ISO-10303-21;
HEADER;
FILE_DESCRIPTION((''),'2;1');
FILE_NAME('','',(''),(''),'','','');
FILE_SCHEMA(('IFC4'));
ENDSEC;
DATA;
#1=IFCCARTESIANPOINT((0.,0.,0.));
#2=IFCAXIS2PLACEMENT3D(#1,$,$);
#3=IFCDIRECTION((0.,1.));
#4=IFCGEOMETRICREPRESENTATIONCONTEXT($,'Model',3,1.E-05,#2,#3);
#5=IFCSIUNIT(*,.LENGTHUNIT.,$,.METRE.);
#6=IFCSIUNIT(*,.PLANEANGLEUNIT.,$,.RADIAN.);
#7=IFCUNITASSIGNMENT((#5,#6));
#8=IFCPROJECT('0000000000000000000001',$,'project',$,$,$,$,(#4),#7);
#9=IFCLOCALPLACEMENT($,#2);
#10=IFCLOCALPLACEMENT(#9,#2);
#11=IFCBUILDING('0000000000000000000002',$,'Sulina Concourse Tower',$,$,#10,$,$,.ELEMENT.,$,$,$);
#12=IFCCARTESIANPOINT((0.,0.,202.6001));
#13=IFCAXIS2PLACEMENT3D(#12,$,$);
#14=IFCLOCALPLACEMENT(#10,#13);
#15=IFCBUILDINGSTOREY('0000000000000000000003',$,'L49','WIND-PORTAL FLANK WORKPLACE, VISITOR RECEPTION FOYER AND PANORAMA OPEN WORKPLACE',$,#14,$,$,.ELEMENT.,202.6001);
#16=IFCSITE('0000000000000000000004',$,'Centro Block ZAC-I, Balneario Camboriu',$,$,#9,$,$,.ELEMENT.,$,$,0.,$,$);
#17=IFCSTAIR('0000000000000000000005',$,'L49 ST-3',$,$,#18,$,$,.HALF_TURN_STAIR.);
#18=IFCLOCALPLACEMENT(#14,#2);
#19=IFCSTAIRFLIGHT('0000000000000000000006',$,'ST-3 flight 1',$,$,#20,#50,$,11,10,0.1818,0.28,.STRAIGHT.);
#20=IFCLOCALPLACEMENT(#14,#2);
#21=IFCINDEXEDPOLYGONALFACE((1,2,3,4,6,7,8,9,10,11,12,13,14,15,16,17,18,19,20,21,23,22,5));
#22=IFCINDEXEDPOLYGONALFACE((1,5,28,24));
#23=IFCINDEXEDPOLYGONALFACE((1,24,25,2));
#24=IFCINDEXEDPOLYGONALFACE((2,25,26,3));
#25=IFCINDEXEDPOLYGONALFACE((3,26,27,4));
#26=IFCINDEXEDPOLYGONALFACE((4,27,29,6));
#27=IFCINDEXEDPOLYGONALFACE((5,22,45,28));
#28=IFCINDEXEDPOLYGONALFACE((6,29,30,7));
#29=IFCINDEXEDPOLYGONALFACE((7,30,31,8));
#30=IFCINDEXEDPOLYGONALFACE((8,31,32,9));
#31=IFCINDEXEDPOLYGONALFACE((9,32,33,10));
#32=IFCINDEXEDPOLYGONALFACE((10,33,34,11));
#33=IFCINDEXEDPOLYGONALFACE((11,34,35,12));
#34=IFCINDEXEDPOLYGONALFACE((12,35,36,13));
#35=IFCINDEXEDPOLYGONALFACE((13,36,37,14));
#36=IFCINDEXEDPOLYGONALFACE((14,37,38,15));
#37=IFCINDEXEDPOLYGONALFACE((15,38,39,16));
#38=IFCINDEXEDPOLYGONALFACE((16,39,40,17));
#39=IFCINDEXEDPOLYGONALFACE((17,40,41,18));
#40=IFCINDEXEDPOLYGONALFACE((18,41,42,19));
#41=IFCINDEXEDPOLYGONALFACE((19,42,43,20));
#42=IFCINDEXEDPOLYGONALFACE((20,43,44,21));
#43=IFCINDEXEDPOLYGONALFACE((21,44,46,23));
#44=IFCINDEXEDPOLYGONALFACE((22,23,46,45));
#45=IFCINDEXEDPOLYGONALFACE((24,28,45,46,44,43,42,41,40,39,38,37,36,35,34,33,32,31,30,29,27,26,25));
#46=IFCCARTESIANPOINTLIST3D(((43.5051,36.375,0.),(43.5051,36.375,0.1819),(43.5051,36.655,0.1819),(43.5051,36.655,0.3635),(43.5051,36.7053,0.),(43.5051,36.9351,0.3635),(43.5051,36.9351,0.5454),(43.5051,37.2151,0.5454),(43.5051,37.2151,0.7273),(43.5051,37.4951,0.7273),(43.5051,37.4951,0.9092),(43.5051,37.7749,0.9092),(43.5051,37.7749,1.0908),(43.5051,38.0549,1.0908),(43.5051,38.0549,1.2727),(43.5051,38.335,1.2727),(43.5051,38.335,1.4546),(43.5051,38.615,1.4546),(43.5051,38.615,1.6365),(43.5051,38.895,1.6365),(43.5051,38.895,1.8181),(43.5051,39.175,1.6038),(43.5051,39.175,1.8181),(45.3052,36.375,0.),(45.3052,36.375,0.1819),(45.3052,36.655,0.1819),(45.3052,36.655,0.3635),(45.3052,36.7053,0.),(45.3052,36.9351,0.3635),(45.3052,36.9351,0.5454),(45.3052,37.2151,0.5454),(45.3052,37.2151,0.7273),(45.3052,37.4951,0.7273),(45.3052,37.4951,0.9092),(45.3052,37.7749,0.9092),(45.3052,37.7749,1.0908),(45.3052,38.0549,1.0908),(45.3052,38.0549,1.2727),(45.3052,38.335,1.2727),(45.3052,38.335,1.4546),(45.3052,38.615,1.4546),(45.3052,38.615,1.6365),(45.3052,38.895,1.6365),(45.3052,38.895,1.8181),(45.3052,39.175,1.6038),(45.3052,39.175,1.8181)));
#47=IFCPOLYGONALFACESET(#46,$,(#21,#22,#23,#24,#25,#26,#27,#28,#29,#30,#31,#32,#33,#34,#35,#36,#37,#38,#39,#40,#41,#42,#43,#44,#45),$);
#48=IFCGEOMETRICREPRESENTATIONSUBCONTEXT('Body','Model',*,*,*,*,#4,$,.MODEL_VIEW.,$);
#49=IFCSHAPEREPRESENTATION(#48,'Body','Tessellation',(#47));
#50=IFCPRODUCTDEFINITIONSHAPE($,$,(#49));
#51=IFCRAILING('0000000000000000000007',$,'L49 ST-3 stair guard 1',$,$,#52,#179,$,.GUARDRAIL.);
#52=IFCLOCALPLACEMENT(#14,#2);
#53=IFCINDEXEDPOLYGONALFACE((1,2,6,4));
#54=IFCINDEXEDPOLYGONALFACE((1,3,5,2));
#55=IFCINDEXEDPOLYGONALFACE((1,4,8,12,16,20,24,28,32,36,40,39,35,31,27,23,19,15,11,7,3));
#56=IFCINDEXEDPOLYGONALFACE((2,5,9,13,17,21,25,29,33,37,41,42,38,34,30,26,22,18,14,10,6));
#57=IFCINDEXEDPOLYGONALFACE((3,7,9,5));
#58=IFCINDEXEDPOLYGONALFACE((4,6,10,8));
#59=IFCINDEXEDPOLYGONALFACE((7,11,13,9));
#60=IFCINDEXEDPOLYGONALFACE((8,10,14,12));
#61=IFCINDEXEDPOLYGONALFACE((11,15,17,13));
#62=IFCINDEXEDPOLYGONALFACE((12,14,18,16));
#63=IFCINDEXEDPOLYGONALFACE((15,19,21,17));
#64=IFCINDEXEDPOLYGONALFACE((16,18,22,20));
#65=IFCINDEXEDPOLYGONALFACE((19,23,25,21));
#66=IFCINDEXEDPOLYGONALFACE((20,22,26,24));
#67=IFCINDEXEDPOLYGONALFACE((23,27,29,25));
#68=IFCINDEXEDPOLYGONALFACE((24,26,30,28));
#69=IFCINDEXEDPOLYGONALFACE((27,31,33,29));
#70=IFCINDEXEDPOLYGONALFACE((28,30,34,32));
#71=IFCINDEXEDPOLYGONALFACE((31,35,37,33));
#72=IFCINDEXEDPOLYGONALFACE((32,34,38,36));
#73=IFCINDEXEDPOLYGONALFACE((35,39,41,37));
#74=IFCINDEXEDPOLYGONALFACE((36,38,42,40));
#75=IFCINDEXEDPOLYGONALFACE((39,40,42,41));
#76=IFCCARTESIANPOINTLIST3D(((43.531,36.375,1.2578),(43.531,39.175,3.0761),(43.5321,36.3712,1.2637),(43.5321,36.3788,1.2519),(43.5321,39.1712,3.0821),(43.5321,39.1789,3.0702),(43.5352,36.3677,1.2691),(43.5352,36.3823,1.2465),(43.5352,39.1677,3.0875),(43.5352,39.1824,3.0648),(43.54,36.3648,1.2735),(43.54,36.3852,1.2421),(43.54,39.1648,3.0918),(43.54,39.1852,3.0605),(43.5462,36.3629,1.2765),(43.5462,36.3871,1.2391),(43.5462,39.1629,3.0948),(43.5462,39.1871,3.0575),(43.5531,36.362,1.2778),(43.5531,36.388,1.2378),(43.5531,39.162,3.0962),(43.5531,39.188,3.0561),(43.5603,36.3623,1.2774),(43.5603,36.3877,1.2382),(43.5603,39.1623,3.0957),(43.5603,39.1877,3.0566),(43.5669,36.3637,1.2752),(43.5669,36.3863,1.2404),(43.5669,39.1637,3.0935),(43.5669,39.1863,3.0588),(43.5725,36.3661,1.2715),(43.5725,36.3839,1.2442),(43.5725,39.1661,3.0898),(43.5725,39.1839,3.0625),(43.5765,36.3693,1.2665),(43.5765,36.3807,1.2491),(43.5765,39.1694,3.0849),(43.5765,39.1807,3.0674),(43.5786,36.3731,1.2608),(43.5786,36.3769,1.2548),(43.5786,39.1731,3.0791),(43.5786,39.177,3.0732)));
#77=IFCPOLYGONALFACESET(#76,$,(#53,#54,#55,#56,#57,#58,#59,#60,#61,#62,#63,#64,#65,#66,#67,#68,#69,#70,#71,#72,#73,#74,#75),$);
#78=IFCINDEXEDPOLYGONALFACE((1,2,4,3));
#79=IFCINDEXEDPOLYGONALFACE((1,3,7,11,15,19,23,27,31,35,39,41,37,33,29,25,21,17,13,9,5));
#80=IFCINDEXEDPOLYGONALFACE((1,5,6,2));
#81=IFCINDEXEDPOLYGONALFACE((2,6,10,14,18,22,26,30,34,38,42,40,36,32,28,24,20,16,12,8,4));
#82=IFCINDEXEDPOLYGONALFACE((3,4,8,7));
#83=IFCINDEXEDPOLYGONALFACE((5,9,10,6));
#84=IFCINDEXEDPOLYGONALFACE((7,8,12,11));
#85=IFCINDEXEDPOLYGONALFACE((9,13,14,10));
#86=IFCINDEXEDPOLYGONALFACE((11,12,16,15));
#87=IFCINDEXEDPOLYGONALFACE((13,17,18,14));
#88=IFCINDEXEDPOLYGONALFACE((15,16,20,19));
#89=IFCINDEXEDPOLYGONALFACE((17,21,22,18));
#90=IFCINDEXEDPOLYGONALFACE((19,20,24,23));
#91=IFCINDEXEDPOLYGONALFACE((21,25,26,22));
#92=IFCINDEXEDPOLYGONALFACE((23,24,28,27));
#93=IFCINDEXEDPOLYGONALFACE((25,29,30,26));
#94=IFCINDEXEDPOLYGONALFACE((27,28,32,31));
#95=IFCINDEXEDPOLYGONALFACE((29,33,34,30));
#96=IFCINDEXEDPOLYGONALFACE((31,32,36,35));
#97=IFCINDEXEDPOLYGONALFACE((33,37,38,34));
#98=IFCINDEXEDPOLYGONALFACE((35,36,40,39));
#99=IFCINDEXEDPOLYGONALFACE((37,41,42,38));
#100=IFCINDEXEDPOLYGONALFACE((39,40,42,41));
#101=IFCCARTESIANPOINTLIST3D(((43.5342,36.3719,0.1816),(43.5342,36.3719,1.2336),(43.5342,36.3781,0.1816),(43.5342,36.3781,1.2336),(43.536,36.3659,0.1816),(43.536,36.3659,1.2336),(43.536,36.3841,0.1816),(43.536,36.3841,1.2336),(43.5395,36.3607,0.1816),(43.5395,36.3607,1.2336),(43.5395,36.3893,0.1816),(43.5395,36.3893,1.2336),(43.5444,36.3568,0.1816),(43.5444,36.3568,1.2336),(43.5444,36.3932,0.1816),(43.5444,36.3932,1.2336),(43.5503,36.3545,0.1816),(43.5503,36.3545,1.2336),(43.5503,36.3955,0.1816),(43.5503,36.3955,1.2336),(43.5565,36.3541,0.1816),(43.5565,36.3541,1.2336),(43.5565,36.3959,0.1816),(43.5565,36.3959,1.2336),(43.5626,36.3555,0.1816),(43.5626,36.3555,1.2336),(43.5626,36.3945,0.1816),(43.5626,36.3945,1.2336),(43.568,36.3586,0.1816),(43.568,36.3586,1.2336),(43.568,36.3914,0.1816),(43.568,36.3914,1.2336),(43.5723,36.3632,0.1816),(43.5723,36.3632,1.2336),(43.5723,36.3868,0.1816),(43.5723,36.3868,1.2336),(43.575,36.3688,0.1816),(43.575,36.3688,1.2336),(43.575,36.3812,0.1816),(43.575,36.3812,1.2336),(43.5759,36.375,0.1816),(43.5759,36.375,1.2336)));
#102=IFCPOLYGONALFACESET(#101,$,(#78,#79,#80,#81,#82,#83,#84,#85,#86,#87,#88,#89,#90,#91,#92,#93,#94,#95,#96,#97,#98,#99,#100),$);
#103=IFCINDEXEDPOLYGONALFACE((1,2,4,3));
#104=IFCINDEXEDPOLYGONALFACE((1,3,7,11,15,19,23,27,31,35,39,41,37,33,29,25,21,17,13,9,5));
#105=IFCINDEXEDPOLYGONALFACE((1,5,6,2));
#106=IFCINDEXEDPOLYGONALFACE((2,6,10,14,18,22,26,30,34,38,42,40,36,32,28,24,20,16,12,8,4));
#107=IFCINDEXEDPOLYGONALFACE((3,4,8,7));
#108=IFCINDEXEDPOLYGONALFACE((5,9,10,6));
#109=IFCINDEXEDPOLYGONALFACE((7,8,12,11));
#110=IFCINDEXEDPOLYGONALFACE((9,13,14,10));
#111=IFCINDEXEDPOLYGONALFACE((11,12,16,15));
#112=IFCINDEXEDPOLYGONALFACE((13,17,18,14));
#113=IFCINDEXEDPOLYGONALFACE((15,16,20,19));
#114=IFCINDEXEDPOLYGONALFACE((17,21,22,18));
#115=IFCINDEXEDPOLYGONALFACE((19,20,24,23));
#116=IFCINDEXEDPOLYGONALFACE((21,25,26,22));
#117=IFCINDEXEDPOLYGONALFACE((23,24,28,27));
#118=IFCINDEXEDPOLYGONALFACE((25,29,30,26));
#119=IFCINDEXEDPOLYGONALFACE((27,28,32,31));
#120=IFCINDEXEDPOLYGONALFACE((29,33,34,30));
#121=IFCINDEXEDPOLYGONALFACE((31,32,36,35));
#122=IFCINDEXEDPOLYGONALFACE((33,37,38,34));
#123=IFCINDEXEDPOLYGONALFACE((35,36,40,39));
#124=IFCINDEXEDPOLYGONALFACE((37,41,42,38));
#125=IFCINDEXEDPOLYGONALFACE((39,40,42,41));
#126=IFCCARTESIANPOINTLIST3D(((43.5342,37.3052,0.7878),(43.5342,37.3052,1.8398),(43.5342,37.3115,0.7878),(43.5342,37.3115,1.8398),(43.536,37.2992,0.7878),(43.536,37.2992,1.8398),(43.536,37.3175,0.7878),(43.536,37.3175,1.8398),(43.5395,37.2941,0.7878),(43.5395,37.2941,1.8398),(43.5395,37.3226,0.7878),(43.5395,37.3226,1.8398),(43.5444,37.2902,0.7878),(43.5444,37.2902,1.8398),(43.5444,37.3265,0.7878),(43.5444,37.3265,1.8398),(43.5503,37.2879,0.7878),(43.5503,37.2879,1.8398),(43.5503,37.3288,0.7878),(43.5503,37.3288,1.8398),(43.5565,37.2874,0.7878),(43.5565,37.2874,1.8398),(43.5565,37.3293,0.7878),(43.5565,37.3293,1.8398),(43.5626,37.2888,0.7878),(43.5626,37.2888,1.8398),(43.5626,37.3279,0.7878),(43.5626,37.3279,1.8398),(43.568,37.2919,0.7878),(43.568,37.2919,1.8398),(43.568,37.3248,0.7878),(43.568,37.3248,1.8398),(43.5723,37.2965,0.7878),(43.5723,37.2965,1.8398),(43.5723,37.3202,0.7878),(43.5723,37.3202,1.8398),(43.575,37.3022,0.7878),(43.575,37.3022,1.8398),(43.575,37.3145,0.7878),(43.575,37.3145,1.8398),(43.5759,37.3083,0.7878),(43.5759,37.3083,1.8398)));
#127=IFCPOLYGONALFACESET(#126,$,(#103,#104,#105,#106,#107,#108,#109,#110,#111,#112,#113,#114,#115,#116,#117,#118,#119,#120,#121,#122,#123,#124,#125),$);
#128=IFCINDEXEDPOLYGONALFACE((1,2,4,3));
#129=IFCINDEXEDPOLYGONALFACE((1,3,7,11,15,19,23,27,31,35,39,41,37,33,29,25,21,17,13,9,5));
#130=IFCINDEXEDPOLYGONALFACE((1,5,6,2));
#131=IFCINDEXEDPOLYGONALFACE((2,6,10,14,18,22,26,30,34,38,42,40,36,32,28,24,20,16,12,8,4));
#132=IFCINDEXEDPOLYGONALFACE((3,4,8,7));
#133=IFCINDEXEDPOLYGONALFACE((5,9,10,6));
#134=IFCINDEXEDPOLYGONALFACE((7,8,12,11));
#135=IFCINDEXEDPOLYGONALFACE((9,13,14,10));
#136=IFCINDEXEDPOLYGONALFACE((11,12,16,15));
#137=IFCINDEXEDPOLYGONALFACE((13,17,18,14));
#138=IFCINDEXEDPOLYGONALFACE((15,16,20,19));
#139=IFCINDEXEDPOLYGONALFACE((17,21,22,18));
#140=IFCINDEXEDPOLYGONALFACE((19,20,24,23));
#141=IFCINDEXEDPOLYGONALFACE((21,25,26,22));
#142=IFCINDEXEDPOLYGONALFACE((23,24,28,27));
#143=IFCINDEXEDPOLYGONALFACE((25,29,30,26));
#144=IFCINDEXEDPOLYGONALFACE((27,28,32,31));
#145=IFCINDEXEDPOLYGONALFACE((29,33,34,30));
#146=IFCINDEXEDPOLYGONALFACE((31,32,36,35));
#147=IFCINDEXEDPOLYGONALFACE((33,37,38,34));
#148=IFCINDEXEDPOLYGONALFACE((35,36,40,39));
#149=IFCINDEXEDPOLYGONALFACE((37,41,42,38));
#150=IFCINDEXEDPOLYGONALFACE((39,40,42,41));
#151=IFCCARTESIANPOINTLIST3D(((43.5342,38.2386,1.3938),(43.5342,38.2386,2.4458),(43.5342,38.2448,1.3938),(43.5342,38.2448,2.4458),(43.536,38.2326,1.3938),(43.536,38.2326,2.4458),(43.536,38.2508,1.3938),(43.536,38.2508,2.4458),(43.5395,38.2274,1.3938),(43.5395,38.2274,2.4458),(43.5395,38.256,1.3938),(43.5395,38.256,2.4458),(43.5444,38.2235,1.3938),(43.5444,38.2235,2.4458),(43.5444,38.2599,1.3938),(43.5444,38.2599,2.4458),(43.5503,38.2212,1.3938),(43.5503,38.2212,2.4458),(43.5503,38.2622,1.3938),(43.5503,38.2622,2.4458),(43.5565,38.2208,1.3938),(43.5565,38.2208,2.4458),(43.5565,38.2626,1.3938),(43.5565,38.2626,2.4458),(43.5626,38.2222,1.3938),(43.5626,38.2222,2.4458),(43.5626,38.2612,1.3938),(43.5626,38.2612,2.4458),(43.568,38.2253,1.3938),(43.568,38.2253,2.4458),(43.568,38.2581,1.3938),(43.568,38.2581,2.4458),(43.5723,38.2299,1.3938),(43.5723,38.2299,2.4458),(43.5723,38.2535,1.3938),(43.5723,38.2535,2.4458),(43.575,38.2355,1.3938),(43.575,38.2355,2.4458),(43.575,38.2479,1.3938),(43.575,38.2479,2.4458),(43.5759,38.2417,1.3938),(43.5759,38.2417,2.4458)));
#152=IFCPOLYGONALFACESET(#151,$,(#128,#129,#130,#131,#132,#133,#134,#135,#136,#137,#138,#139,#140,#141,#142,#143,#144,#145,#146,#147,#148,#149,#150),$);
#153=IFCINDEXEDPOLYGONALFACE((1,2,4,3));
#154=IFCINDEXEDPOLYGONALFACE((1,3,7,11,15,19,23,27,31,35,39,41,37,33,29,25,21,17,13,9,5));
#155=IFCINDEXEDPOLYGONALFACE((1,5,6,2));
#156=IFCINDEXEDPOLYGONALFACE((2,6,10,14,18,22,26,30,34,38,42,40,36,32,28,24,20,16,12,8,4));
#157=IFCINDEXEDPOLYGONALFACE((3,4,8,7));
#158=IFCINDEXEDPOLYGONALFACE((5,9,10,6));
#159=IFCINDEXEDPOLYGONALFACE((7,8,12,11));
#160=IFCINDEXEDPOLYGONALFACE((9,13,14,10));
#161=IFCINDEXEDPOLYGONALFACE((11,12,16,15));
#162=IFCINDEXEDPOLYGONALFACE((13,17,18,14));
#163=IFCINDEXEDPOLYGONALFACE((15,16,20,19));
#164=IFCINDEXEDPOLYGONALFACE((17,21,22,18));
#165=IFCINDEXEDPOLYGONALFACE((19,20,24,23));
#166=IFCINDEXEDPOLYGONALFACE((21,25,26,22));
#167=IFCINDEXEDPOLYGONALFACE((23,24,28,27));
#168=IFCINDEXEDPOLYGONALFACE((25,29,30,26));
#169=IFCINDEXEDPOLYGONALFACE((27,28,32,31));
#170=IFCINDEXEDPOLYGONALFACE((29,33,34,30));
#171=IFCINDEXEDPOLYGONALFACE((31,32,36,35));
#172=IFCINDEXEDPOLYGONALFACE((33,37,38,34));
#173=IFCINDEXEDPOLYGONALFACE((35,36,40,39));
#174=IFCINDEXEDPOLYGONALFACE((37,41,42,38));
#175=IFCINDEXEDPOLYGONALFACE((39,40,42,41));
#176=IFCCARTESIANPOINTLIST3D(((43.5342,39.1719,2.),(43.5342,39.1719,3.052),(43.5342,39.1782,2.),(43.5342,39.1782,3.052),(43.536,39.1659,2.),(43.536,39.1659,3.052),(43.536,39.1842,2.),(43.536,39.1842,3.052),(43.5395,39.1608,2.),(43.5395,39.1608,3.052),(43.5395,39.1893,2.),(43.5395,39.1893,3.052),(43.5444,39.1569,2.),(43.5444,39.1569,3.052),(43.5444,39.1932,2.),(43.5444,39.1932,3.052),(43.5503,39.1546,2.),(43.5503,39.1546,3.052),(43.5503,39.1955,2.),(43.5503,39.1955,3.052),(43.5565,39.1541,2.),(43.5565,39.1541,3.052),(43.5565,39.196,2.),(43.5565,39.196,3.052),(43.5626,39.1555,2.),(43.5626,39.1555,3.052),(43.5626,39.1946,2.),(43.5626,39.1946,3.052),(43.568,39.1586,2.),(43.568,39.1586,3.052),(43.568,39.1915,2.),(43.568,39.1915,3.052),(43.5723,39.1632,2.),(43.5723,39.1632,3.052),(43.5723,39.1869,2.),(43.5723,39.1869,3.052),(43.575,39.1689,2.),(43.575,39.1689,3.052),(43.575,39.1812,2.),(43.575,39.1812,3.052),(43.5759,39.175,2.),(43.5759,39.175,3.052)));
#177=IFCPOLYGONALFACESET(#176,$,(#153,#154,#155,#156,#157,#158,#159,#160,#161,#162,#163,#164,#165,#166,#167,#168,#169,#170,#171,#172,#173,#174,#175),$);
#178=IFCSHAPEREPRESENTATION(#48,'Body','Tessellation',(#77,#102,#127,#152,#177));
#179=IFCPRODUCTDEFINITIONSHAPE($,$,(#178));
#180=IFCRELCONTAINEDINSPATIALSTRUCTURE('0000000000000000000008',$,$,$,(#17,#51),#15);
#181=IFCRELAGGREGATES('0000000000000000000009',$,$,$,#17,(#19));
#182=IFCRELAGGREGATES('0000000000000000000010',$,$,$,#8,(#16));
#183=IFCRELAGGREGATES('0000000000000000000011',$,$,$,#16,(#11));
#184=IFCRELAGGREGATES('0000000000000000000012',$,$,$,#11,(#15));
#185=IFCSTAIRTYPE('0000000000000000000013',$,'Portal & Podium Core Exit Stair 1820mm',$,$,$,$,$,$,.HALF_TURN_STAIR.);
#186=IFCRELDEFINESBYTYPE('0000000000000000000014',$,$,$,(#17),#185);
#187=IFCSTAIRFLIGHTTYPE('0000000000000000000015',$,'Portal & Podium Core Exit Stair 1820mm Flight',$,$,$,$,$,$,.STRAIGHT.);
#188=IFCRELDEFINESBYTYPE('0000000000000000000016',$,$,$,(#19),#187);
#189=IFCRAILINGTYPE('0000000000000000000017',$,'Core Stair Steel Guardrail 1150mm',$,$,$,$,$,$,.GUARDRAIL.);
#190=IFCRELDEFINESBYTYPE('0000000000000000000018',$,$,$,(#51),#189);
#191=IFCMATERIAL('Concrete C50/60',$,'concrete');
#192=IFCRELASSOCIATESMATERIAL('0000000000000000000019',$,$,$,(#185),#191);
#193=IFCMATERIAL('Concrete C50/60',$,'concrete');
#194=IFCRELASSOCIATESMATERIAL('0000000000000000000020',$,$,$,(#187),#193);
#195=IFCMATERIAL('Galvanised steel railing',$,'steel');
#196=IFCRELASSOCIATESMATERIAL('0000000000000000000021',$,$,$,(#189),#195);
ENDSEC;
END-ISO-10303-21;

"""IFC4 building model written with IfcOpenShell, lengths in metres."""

from ifc_helpers import new_model, si_unit, direction, frame, origin, origin_2d, place, context, subcontext, project, spatial, polyline, circle, outline, extrude, material, type_object, element, aggregate, save


model = new_model("IFC4")

# Units and contexts
model_context = context("Model", 3, precision=1e-05, world=origin(), true_north=direction((0.0, 1.0)))
body_context = subcontext(model_context, "Body", "Model", "MODEL_VIEW")
ifc_project = project(units=[si_unit("LENGTHUNIT", "METRE"), si_unit("PLANEANGLEUNIT", "RADIAN")], contexts=[model_context])

# Site, building, storey
site_placement = place(None, origin())
site = spatial("IfcSite", under=ifc_project, at=site_placement, Name="Centro Block ZAC-I, Balneario Camboriu", CompositionType="ELEMENT", RefElevation=0.0)
building_placement = place(site_placement, origin())
building = spatial("IfcBuilding", under=site, at=building_placement, Name="Sulina Concourse Tower", CompositionType="ELEMENT")
storey_placement = place(building_placement, frame((0.0, 0.0, 202.6001)))
storey = spatial("IfcBuildingStorey", under=building, at=storey_placement, Name="L49", Description="WIND-PORTAL FLANK WORKPLACE, VISITOR RECEPTION FOYER AND PANORAMA OPEN WORKPLACE", CompositionType="ELEMENT", Elevation=202.6001)

# Stair, stair flight
ifc_material_1 = material(Name="Concrete C50/60", Category="concrete")
stair_type = type_object("IfcStairType", Name="Portal & Podium Core Exit Stair 1820mm", PredefinedType="HALF_TURN_STAIR", material=ifc_material_1)
stair_placement = place(storey_placement, origin())
stair = element("IfcStair", 1, at=stair_placement, inside=storey, type_object=stair_type, Name="L49 ST-3", PredefinedType="HALF_TURN_STAIR")
ifc_material_2 = material(Name="Concrete C50/60", Category="concrete")
stair_flight_type = type_object("IfcStairFlightType", Name="Portal & Podium Core Exit Stair 1820mm Flight", PredefinedType="STRAIGHT", material=ifc_material_2)
stair_flight_placement = place(storey_placement, frame((44.405, 36.375, 0.0), z_axis=(0.0, 0.0, 1.0), x_axis=(0.0, 1.0, 0.0)))
stair_flight = element("IfcStairFlight", 2, at=stair_flight_placement, type_object=stair_flight_type, Name="ST-3 flight 1", NumberOfRisers=11, NumberOfTreads=10, PredefinedType="STRAIGHT", RiserHeight=0.1818, TreadLength=0.28, context=body_context, shape_type="SweptSolid", body=[
    extrude(outline(polyline([(0.0, 0.0), (0.0, 0.1819), (0.28, 0.1819), (0.28, 0.3635), (0.5601, 0.3635), (0.5601, 0.5454), (0.8401, 0.5454), (0.8401, 0.7273), (1.1201, 0.7273), (1.1201, 0.9092), (1.3999, 0.9092), (1.3999, 1.0908), (1.6799, 1.0908), (1.6799, 1.2727), (1.96, 1.2727), (1.96, 1.4546), (2.24, 1.4546), (2.24, 1.6365), (2.52, 1.6365), (2.52, 1.8181), (2.8, 1.8181), (2.8, 2.0), (2.8, 1.6038), (0.3303, 0.0), (0.0, 0.0)])), frame((0.0, 0.8999, 0.0), z_axis=(0.0, -1.0, 0.0), x_axis=(1.0, 0.0, 0.0)), (0.0, 0.0, 1.0), 1.8),
])
aggregate(stair, [stair_flight])

# Railing
ifc_material_3 = material(Name="Galvanised steel railing", Category="steel")
railing_type_1 = type_object("IfcRailingType", Name="Core Stair Steel Guardrail 1150mm", PredefinedType="GUARDRAIL", material=ifc_material_3)
railing_1_placement = place(storey_placement, frame((43.5549, 36.375, 0.1816)))
element("IfcRailing", 3, at=railing_1_placement, inside=storey, type_object=railing_type_1, Name="L49 ST-3 stair guard 1", PredefinedType="GUARDRAIL", context=body_context, shape_type="SweptSolid", body=[
    extrude(circle(Radius=0.0239, at=origin_2d()), frame((0.0, 0.0, 1.0762), z_axis=(0.0, 0.838672, 0.544636), x_axis=(-1.0, 0.0, 0.0)), (0.0, 0.0, 1.0), 3.3386),
    extrude(circle(Radius=0.021, at=origin_2d()), origin(), (0.0, 0.0, 1.0), 1.052),
    extrude(circle(Radius=0.021, at=origin_2d()), frame((0.0, 0.9333, 0.6062)), (0.0, 0.0, 1.0), 1.052),
    extrude(circle(Radius=0.021, at=origin_2d()), frame((0.0, 1.8667, 1.2122)), (0.0, 0.0, 1.0), 1.052),
    extrude(circle(Radius=0.021, at=origin_2d()), frame((0.0, 2.8, 1.8184)), (0.0, 0.0, 1.0), 1.052),
])

save(model, "model.ifc")
